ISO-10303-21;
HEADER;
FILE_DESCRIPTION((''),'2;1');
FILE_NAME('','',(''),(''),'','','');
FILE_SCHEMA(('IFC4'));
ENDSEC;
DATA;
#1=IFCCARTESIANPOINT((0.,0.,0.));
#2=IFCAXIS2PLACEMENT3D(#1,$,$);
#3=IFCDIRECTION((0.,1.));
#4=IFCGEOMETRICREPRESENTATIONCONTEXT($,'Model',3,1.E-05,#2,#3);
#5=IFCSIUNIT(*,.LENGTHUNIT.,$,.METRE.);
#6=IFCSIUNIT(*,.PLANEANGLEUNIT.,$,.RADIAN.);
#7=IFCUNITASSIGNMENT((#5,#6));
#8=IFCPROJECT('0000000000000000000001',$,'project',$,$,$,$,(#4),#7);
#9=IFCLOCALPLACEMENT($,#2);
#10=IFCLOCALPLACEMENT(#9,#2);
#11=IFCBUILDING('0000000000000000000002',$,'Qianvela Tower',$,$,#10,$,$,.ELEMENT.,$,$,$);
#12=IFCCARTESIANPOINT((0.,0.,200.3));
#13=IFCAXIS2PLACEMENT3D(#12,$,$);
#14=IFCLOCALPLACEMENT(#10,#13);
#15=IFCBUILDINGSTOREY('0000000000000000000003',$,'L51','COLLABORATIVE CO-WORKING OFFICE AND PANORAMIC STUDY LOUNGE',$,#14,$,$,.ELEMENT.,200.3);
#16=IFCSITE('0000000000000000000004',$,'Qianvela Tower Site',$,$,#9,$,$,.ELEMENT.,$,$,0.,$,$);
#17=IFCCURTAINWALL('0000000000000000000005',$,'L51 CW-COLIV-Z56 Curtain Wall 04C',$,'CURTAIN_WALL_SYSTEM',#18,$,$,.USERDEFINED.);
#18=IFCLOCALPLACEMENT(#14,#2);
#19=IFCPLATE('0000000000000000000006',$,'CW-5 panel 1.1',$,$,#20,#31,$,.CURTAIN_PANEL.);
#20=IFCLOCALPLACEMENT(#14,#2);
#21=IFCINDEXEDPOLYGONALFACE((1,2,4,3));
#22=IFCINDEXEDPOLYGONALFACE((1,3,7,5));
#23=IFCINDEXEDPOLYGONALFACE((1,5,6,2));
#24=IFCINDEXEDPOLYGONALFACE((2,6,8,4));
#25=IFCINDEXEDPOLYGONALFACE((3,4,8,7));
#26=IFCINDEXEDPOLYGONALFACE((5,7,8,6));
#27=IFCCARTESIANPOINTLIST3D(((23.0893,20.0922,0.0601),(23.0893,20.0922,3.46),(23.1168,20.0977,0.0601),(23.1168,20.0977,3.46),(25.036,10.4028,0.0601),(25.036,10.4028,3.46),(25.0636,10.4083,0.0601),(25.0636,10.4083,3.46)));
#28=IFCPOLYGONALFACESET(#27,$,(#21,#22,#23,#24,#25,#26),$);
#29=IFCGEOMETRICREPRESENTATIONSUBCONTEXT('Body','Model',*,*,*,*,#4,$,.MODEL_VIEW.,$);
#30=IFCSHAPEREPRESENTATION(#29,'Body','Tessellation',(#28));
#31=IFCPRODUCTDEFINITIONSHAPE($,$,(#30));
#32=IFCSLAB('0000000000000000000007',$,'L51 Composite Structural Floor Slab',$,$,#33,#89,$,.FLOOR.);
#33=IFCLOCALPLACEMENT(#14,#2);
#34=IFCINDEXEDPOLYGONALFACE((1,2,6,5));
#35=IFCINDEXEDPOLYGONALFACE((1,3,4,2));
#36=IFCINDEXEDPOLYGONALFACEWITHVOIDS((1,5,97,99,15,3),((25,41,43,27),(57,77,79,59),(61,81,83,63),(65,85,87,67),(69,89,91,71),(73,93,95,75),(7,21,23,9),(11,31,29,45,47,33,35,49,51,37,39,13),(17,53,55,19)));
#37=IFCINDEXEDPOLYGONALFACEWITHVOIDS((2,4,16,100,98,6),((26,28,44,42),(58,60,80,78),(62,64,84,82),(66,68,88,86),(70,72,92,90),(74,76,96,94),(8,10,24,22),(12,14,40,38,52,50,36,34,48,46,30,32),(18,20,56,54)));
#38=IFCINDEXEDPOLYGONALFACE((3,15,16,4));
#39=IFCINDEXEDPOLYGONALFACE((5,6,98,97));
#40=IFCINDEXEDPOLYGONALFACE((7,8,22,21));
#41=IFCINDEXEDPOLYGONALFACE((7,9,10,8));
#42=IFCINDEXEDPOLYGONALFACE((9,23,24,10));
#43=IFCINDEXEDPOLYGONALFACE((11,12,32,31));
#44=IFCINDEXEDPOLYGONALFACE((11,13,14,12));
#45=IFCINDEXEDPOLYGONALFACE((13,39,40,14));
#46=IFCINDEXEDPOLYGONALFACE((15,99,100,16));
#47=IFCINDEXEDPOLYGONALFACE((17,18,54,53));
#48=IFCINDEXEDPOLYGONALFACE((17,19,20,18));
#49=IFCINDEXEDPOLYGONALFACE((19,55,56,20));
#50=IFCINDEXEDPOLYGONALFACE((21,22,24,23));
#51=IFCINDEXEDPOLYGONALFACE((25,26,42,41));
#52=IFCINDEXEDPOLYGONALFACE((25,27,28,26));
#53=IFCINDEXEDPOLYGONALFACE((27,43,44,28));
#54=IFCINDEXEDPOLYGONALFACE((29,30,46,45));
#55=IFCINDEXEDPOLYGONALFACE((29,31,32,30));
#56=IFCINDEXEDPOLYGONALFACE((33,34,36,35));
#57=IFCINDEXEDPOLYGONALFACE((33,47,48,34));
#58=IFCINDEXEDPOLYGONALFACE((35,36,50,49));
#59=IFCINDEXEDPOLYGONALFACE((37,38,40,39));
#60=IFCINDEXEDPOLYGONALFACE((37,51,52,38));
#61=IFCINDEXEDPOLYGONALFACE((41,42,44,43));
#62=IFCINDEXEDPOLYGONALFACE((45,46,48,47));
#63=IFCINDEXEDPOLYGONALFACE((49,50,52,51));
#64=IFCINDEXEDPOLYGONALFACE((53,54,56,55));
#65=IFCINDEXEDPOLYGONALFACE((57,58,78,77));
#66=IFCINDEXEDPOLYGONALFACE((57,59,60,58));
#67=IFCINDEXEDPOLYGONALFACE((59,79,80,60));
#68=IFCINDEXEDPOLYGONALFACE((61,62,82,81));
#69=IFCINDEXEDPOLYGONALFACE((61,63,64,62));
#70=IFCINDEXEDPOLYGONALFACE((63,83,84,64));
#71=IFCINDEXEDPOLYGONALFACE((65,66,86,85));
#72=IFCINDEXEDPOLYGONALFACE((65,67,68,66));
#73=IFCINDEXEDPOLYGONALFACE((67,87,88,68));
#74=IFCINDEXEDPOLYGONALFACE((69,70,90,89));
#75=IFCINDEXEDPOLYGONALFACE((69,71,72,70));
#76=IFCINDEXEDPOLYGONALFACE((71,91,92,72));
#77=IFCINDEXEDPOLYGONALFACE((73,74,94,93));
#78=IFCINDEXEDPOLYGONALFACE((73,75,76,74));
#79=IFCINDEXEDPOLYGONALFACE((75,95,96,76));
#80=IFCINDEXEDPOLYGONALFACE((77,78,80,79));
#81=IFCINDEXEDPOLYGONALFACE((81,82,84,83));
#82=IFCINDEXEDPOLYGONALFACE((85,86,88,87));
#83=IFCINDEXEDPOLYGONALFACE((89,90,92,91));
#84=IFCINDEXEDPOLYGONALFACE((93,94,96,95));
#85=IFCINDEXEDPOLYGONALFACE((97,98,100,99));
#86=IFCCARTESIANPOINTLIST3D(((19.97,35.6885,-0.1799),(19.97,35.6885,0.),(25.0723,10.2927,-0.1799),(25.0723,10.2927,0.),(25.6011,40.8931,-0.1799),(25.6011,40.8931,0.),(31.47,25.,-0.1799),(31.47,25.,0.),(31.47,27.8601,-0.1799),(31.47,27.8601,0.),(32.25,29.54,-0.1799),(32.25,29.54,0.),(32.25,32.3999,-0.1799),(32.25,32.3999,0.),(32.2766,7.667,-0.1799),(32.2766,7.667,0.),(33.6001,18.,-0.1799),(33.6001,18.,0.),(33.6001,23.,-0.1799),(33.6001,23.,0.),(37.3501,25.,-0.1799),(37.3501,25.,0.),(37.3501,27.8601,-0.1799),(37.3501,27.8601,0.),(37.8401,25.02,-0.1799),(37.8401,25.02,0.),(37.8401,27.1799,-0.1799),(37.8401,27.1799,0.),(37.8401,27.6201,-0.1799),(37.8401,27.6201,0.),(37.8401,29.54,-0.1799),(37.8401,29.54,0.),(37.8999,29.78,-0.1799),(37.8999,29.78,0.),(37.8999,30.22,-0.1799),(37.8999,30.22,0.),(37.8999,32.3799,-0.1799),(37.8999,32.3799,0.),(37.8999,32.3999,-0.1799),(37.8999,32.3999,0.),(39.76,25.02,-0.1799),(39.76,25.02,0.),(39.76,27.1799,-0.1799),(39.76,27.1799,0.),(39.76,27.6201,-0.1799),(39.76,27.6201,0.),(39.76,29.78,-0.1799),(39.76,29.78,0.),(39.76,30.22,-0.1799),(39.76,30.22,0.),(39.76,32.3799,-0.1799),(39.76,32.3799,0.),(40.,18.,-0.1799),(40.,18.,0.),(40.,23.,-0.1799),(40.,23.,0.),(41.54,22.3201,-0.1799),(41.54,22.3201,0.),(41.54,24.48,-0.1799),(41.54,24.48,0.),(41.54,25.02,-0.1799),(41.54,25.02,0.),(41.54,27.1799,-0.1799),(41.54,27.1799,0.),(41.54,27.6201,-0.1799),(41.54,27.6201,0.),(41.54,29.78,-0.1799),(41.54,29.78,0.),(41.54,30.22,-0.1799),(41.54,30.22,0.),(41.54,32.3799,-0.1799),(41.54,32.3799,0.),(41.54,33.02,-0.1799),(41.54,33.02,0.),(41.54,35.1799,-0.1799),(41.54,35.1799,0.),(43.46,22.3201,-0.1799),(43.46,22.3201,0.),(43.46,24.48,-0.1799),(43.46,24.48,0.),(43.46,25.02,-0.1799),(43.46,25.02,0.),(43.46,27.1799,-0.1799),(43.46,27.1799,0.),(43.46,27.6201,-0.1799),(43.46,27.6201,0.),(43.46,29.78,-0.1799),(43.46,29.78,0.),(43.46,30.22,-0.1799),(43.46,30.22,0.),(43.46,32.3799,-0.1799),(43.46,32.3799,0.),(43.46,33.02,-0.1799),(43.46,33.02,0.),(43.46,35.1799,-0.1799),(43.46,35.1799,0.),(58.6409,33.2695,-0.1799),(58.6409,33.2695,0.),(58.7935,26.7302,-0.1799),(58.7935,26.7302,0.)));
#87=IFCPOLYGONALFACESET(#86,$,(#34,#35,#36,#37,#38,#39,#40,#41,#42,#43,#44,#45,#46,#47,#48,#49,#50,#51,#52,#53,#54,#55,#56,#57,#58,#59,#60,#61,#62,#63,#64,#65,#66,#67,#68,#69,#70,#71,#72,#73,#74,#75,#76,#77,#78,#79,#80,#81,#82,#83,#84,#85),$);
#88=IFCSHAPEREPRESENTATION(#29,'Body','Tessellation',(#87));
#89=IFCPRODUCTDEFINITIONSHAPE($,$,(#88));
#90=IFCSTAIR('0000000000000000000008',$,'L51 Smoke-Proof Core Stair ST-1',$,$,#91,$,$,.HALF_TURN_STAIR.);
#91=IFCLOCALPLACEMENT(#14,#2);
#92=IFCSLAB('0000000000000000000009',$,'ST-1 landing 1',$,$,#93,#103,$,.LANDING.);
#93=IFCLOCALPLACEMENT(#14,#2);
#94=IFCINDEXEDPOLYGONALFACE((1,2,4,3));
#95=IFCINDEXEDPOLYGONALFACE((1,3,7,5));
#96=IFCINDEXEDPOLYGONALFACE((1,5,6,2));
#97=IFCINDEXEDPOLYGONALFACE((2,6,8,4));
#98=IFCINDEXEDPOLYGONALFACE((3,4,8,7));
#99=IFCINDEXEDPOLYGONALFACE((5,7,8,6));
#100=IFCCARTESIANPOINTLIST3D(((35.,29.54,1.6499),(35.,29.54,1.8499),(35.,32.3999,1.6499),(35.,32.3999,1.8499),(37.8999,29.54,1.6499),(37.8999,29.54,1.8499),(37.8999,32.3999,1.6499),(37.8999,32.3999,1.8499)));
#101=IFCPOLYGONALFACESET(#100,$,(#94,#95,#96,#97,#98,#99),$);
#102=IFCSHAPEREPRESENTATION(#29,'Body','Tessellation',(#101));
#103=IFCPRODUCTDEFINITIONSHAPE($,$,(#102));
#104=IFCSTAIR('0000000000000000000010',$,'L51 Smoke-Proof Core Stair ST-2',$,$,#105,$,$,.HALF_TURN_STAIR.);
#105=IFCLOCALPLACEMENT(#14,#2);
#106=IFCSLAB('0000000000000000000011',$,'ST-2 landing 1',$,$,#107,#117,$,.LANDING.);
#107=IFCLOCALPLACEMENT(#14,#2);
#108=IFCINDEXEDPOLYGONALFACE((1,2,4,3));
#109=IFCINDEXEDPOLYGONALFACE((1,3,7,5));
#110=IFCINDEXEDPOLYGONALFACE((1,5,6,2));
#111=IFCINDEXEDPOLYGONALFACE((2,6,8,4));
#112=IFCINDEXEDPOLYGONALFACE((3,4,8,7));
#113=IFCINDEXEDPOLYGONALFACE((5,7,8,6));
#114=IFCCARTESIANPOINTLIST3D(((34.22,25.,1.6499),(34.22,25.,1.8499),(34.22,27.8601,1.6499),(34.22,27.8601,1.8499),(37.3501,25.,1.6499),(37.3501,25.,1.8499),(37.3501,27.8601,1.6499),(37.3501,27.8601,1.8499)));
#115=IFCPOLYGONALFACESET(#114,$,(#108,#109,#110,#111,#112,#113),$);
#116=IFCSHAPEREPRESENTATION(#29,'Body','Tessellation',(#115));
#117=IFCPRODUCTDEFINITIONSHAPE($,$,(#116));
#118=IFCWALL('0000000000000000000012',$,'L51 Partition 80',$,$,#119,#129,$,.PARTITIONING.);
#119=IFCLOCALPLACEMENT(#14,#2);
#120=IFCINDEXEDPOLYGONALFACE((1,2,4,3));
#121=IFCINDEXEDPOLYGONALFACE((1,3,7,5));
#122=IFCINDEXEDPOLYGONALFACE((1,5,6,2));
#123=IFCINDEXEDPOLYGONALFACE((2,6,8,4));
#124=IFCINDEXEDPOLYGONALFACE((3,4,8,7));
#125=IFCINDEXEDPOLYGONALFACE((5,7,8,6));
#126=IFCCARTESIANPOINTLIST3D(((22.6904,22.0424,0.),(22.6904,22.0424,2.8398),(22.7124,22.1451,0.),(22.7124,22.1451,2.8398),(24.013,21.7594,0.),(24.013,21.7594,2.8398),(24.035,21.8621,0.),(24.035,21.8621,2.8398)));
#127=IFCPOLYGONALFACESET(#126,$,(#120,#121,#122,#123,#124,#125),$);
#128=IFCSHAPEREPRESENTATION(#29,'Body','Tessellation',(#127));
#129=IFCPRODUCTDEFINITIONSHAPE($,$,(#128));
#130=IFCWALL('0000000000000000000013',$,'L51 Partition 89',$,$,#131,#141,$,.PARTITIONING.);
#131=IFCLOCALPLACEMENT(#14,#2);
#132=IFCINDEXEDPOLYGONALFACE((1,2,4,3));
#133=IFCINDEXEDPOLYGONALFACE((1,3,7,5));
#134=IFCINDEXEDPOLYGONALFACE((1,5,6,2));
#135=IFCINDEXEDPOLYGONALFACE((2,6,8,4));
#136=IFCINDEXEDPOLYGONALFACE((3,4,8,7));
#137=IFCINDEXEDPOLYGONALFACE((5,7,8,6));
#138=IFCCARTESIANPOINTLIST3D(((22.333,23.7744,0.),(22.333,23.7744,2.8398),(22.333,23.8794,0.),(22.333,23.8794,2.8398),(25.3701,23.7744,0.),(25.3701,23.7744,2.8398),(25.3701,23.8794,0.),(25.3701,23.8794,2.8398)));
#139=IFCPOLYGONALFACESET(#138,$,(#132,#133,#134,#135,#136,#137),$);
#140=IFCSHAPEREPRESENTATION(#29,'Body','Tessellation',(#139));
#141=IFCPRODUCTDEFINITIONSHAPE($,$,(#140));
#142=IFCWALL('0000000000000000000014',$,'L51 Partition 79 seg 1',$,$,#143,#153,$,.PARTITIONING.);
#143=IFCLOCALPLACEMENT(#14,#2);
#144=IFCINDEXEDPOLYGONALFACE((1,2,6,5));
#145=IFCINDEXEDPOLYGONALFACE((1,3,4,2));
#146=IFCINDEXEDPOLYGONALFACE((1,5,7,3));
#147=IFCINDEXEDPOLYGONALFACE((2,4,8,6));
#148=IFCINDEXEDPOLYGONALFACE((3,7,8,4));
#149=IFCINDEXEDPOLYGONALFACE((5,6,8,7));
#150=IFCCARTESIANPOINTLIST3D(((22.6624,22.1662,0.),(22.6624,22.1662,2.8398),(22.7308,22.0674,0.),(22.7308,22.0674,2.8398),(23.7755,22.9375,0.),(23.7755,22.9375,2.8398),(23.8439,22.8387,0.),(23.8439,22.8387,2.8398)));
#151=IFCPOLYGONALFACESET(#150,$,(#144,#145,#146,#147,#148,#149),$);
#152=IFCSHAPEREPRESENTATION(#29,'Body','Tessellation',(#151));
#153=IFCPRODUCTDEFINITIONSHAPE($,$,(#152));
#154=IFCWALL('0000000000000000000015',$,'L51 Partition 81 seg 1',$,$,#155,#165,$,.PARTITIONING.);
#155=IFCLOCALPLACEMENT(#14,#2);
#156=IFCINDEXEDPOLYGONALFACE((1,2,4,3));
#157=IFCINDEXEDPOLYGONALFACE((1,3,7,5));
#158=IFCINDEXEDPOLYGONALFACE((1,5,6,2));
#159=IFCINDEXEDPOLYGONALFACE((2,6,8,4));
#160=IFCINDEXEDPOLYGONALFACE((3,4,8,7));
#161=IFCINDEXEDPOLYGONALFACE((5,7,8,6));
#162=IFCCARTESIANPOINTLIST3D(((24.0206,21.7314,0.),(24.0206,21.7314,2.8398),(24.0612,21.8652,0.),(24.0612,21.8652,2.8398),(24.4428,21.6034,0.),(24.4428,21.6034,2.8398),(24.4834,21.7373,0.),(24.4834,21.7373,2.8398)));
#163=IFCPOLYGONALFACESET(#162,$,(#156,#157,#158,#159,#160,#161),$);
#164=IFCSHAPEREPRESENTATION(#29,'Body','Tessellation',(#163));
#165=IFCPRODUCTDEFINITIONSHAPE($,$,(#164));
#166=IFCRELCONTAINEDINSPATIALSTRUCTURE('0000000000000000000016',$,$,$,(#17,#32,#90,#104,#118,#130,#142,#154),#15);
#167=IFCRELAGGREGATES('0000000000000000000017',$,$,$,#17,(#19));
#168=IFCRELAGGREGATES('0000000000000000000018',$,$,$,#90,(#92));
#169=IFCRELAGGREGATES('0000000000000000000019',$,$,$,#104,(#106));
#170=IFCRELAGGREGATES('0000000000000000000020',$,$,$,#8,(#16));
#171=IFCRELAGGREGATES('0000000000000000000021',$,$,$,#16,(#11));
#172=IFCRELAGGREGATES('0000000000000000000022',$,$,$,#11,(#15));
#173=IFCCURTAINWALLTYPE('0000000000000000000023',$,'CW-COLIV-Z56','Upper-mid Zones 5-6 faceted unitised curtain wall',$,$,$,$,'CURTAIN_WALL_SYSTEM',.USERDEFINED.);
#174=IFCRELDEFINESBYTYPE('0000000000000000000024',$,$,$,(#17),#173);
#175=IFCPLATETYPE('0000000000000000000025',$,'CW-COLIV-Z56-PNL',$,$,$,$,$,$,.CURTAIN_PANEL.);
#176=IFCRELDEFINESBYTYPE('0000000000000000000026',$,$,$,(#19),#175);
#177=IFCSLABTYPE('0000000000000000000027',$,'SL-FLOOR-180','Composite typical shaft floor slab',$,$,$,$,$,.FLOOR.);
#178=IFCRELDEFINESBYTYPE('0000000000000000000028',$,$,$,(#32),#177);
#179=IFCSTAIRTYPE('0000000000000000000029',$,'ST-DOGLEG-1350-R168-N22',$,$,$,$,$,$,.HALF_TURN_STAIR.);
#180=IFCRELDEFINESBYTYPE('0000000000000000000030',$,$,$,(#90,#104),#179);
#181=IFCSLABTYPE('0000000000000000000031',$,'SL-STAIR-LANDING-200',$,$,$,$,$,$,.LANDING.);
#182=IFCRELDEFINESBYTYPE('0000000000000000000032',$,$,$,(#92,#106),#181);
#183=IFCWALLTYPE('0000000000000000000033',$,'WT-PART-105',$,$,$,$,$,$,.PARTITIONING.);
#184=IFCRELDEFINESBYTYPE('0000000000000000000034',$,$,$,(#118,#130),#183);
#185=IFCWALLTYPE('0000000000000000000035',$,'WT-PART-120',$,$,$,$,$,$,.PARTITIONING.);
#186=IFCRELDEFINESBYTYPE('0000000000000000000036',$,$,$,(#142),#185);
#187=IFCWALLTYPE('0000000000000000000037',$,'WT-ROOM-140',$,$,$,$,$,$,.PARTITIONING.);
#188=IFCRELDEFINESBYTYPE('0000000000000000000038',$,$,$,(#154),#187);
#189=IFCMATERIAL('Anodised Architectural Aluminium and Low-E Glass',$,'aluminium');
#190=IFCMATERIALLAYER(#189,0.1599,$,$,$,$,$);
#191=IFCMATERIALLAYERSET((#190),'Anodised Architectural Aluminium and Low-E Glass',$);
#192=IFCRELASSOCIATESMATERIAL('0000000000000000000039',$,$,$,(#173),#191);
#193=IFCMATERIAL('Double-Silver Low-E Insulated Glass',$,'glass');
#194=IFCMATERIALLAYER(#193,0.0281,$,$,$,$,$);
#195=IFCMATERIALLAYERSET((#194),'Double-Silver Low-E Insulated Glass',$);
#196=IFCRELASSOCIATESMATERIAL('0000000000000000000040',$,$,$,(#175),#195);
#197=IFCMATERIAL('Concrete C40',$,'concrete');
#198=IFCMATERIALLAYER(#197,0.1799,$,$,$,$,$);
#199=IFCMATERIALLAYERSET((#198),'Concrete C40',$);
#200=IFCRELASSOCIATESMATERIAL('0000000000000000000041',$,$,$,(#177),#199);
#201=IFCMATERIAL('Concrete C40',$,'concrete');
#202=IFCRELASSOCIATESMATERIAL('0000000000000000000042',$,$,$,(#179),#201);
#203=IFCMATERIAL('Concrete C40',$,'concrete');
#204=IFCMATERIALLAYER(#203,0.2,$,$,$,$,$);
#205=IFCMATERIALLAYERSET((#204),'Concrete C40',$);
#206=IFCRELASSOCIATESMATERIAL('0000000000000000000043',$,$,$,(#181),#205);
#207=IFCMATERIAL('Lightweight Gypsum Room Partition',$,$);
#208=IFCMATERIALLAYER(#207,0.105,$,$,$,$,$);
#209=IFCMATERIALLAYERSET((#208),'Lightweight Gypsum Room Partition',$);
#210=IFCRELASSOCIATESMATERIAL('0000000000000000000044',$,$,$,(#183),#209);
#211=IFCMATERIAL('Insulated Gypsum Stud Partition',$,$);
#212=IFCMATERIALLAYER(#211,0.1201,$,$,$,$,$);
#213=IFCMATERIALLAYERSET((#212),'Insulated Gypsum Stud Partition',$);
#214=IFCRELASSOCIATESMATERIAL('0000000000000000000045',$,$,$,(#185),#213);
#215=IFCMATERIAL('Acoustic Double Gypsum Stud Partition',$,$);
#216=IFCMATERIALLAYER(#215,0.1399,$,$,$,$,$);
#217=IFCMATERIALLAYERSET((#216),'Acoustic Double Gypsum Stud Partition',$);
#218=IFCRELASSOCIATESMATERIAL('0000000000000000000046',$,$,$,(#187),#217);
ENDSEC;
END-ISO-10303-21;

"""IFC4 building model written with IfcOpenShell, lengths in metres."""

from ifc_helpers import new_model, si_unit, direction, frame, frame_2d, origin, origin_2d, place, context, subcontext, project, spatial, polyline, rectangle, outline, extrude, material, layer, layer_set, type_object, element, aggregate, save


model = new_model("IFC4")

# Units and contexts
model_context = context("Model", 3, precision=1e-05, world=origin(), true_north=direction((0.0, 1.0)))
body_context = subcontext(model_context, "Body", "Model", "MODEL_VIEW")
ifc_project = project(units=[si_unit("LENGTHUNIT", "METRE"), si_unit("PLANEANGLEUNIT", "RADIAN")], contexts=[model_context])

# Site, building, storey
site_placement = place(None, origin())
site = spatial("IfcSite", under=ifc_project, at=site_placement, Name="Qianvela Tower Site", CompositionType="ELEMENT", RefElevation=0.0)
building_placement = place(site_placement, origin())
building = spatial("IfcBuilding", under=site, at=building_placement, Name="Qianvela Tower", CompositionType="ELEMENT")
storey_placement = place(building_placement, frame((0.0, 0.0, 200.3)))
storey = spatial("IfcBuildingStorey", under=building, at=storey_placement, Name="L51", Description="COLLABORATIVE CO-WORKING OFFICE AND PANORAMIC STUDY LOUNGE", CompositionType="ELEMENT", Elevation=200.3)

# Curtain wall
ifc_material_1 = material(Name="Anodised Architectural Aluminium and Low-E Glass", Category="aluminium")
ifc_layer_1 = layer(ifc_material_1, 0.1599)
ifc_layer_set_1 = layer_set([ifc_layer_1], Name="Anodised Architectural Aluminium and Low-E Glass")
curtain_wall_type_1 = type_object("IfcCurtainWallType", Name="CW-COLIV-Z56", Description="Upper-mid Zones 5-6 faceted unitised curtain wall", ElementType="CURTAIN_WALL_SYSTEM", PredefinedType="USERDEFINED", material=ifc_layer_set_1)
curtain_wall_1_placement = place(storey_placement, origin())
curtain_wall_1 = element("IfcCurtainWall", 1, at=curtain_wall_1_placement, inside=storey, type_object=curtain_wall_type_1, Name="L51 CW-COLIV-Z56 Curtain Wall 04C", ObjectType="CURTAIN_WALL_SYSTEM", PredefinedType="USERDEFINED")

# Plate
ifc_material_2 = material(Name="Double-Silver Low-E Insulated Glass", Category="glass")
ifc_layer_2 = layer(ifc_material_2, 0.0281)
ifc_layer_set_2 = layer_set([ifc_layer_2], Name="Double-Silver Low-E Insulated Glass")
plate_type_1 = type_object("IfcPlateType", Name="CW-COLIV-Z56-PNL", PredefinedType="CURTAIN_PANEL", material=ifc_layer_set_2)
plate_1_placement = place(storey_placement, frame((24.0764, 15.2502, 0.0601), z_axis=(0.0, 0.0, 1.0), x_axis=(0.196982, -0.980407, 0.0)))
plate_1 = element("IfcPlate", 2, at=plate_1_placement, type_object=plate_type_1, Name="CW-5 panel 1.1", PredefinedType="CURTAIN_PANEL", context=body_context, shape_type="SweptSolid", body=[
    extrude(rectangle(XDim=9.8831, YDim=0.0281, at=origin_2d()), origin(), (0.0, 0.0, 1.0), 3.3999),
])
aggregate(curtain_wall_1, [plate_1])

# Slab
ifc_material_3 = material(Name="Concrete C40", Category="concrete")
ifc_layer_3 = layer(ifc_material_3, 0.1799)
ifc_layer_set_3 = layer_set([ifc_layer_3], Name="Concrete C40")
slab_type_1 = type_object("IfcSlabType", Name="SL-FLOOR-180", Description="Composite typical shaft floor slab", PredefinedType="FLOOR", material=ifc_layer_set_3)
slab_1_placement = place(storey_placement, frame((0.0, 0.0, -0.1799)))
element("IfcSlab", 3, at=slab_1_placement, inside=storey, type_object=slab_type_1, Name="L51 Composite Structural Floor Slab", PredefinedType="FLOOR", context=body_context, shape_type="SweptSolid", body=[
    extrude(outline(polyline([(58.7935, 26.7302), (58.6409, 33.2695), (25.6011, 40.8931), (19.97, 35.6885), (25.0723, 10.2927), (32.2766, 7.667), (58.7935, 26.7302)]), holes=[polyline([(40.0, 23.0), (33.6001, 23.0), (33.6001, 18.0), (40.0, 18.0), (40.0, 23.0)]), polyline([(39.76, 27.1799), (37.8401, 27.1799), (37.8401, 25.02), (39.76, 25.02), (39.76, 27.1799)]), polyline([(37.3501, 27.8601), (31.47, 27.8601), (31.47, 25.0), (37.3501, 25.0), (37.3501, 27.8601)]), polyline([(37.8401, 27.6201), (39.76, 27.6201), (39.76, 29.78), (37.8999, 29.78), (37.8999, 30.22), (39.76, 30.22), (39.76, 32.3799), (37.8999, 32.3799), (37.8999, 32.3999), (32.25, 32.3999), (32.25, 29.54), (37.8401, 29.54), (37.8401, 27.6201)]), polyline([(43.46, 22.3201), (43.46, 24.48), (41.54, 24.48), (41.54, 22.3201), (43.46, 22.3201)]), polyline([(43.46, 25.02), (43.46, 27.1799), (41.54, 27.1799), (41.54, 25.02), (43.46, 25.02)]), polyline([(43.46, 29.78), (41.54, 29.78), (41.54, 27.6201), (43.46, 27.6201), (43.46, 29.78)]), polyline([(43.46, 30.22), (43.46, 32.3799), (41.54, 32.3799), (41.54, 30.22), (43.46, 30.22)]), polyline([(43.46, 33.02), (43.46, 35.1799), (41.54, 35.1799), (41.54, 33.02), (43.46, 33.02)])]), origin(), (0.0, 0.0, 1.0), 0.1799),
])

# Stairs, slabs
ifc_material_4 = material(Name="Concrete C40", Category="concrete")
stair_type = type_object("IfcStairType", Name="ST-DOGLEG-1350-R168-N22", PredefinedType="HALF_TURN_STAIR", material=ifc_material_4)
stair_1_placement = place(storey_placement, origin())
stair_1 = element("IfcStair", 4, at=stair_1_placement, inside=storey, type_object=stair_type, Name="L51 Smoke-Proof Core Stair ST-1", PredefinedType="HALF_TURN_STAIR")
ifc_material_5 = material(Name="Concrete C40", Category="concrete")
ifc_layer_4 = layer(ifc_material_5, 0.2)
ifc_layer_set_4 = layer_set([ifc_layer_4], Name="Concrete C40")
slab_type_2 = type_object("IfcSlabType", Name="SL-STAIR-LANDING-200", PredefinedType="LANDING", material=ifc_layer_set_4)
slab_2_placement = place(storey_placement, frame((0.0, 0.0, 1.6499)))
slab_2 = element("IfcSlab", 5, at=slab_2_placement, type_object=slab_type_2, Name="ST-1 landing 1", PredefinedType="LANDING", context=body_context, shape_type="SweptSolid", body=[
    extrude(outline(polyline([(35.0, 29.54), (37.8999, 29.54), (37.8999, 32.3999), (35.0, 32.3999), (35.0, 29.54)])), origin(), (0.0, 0.0, 1.0), 0.2),
])
aggregate(stair_1, [slab_2])
stair_2_placement = place(storey_placement, origin())
stair_2 = element("IfcStair", 6, at=stair_2_placement, inside=storey, type_object=stair_type, Name="L51 Smoke-Proof Core Stair ST-2", PredefinedType="HALF_TURN_STAIR")
slab_3_placement = place(storey_placement, frame((0.0, 0.0, 1.6499)))
slab_3 = element("IfcSlab", 7, at=slab_3_placement, type_object=slab_type_2, Name="ST-2 landing 1", PredefinedType="LANDING", context=body_context, shape_type="SweptSolid", body=[
    extrude(outline(polyline([(34.22, 25.0), (37.3501, 25.0), (37.3501, 27.8601), (34.22, 27.8601), (34.22, 25.0)])), origin(), (0.0, 0.0, 1.0), 0.2),
])
aggregate(stair_2, [slab_3])

# Walls
ifc_material_6 = material(Name="Lightweight Gypsum Room Partition")
ifc_layer_5 = layer(ifc_material_6, 0.105)
ifc_layer_set_5 = layer_set([ifc_layer_5], Name="Lightweight Gypsum Room Partition")
wall_type_1 = type_object("IfcWallType", Name="WT-PART-105", PredefinedType="PARTITIONING", material=ifc_layer_set_5)
wall_1_placement = place(storey_placement, frame((22.7014, 22.0938, 0.0), z_axis=(0.0, 0.0, 1.0), x_axis=(0.977868, -0.209221, 0.0)))
element("IfcWall", 8, at=wall_1_placement, inside=storey, type_object=wall_type_1, Name="L51 Partition 80", PredefinedType="PARTITIONING", context=body_context, shape_type="SweptSolid", body=[
    extrude(rectangle(XDim=1.3525, YDim=0.105, at=frame_2d((0.6763, 0.0))), origin(), (0.0, 0.0, 1.0), 2.8398),
])
wall_2_placement = place(storey_placement, frame((22.333, 23.8269, 0.0), z_axis=(0.0, 0.0, 1.0), x_axis=(1.0, 0.0, 0.0)))
element("IfcWall", 9, at=wall_2_placement, inside=storey, type_object=wall_type_1, Name="L51 Partition 89", PredefinedType="PARTITIONING", context=body_context, shape_type="SweptSolid", body=[
    extrude(rectangle(XDim=3.0371, YDim=0.105, at=frame_2d((1.5186, 0.0))), origin(), (0.0, 0.0, 1.0), 2.8398),
])
ifc_material_7 = material(Name="Insulated Gypsum Stud Partition")
ifc_layer_6 = layer(ifc_material_7, 0.1201)
ifc_layer_set_6 = layer_set([ifc_layer_6], Name="Insulated Gypsum Stud Partition")
wall_type_2 = type_object("IfcWallType", Name="WT-PART-120", PredefinedType="PARTITIONING", material=ifc_layer_set_6)
wall_3_placement = place(storey_placement, frame((23.8098, 22.8882, 0.0), z_axis=(0.0, 0.0, 1.0), x_axis=(-0.821958, -0.569547, 0.0)))
element("IfcWall", 10, at=wall_3_placement, inside=storey, type_object=wall_type_2, Name="L51 Partition 79 seg 1", PredefinedType="PARTITIONING", context=body_context, shape_type="SweptSolid", body=[
    extrude(rectangle(XDim=1.3542, YDim=0.1201, at=frame_2d((0.6772, 0.0))), origin(), (0.0, 0.0, 1.0), 2.8398),
])
ifc_material_8 = material(Name="Acoustic Double Gypsum Stud Partition")
ifc_layer_7 = layer(ifc_material_8, 0.1399)
ifc_layer_set_7 = layer_set([ifc_layer_7], Name="Acoustic Double Gypsum Stud Partition")
wall_type_3 = type_object("IfcWallType", Name="WT-ROOM-140", PredefinedType="PARTITIONING", material=ifc_layer_set_7)
wall_4_placement = place(storey_placement, frame((24.0408, 21.7983, 0.0), z_axis=(0.0, 0.0, 1.0), x_axis=(0.957015, -0.290038, 0.0)))
element("IfcWall", 11, at=wall_4_placement, inside=storey, type_object=wall_type_3, Name="L51 Partition 81 seg 1", PredefinedType="PARTITIONING", context=body_context, shape_type="SweptSolid", body=[
    extrude(rectangle(XDim=0.4412, YDim=0.1399, at=frame_2d((0.2207, 0.0))), origin(), (0.0, 0.0, 1.0), 2.8398),
])

save(model, "model.ifc")
